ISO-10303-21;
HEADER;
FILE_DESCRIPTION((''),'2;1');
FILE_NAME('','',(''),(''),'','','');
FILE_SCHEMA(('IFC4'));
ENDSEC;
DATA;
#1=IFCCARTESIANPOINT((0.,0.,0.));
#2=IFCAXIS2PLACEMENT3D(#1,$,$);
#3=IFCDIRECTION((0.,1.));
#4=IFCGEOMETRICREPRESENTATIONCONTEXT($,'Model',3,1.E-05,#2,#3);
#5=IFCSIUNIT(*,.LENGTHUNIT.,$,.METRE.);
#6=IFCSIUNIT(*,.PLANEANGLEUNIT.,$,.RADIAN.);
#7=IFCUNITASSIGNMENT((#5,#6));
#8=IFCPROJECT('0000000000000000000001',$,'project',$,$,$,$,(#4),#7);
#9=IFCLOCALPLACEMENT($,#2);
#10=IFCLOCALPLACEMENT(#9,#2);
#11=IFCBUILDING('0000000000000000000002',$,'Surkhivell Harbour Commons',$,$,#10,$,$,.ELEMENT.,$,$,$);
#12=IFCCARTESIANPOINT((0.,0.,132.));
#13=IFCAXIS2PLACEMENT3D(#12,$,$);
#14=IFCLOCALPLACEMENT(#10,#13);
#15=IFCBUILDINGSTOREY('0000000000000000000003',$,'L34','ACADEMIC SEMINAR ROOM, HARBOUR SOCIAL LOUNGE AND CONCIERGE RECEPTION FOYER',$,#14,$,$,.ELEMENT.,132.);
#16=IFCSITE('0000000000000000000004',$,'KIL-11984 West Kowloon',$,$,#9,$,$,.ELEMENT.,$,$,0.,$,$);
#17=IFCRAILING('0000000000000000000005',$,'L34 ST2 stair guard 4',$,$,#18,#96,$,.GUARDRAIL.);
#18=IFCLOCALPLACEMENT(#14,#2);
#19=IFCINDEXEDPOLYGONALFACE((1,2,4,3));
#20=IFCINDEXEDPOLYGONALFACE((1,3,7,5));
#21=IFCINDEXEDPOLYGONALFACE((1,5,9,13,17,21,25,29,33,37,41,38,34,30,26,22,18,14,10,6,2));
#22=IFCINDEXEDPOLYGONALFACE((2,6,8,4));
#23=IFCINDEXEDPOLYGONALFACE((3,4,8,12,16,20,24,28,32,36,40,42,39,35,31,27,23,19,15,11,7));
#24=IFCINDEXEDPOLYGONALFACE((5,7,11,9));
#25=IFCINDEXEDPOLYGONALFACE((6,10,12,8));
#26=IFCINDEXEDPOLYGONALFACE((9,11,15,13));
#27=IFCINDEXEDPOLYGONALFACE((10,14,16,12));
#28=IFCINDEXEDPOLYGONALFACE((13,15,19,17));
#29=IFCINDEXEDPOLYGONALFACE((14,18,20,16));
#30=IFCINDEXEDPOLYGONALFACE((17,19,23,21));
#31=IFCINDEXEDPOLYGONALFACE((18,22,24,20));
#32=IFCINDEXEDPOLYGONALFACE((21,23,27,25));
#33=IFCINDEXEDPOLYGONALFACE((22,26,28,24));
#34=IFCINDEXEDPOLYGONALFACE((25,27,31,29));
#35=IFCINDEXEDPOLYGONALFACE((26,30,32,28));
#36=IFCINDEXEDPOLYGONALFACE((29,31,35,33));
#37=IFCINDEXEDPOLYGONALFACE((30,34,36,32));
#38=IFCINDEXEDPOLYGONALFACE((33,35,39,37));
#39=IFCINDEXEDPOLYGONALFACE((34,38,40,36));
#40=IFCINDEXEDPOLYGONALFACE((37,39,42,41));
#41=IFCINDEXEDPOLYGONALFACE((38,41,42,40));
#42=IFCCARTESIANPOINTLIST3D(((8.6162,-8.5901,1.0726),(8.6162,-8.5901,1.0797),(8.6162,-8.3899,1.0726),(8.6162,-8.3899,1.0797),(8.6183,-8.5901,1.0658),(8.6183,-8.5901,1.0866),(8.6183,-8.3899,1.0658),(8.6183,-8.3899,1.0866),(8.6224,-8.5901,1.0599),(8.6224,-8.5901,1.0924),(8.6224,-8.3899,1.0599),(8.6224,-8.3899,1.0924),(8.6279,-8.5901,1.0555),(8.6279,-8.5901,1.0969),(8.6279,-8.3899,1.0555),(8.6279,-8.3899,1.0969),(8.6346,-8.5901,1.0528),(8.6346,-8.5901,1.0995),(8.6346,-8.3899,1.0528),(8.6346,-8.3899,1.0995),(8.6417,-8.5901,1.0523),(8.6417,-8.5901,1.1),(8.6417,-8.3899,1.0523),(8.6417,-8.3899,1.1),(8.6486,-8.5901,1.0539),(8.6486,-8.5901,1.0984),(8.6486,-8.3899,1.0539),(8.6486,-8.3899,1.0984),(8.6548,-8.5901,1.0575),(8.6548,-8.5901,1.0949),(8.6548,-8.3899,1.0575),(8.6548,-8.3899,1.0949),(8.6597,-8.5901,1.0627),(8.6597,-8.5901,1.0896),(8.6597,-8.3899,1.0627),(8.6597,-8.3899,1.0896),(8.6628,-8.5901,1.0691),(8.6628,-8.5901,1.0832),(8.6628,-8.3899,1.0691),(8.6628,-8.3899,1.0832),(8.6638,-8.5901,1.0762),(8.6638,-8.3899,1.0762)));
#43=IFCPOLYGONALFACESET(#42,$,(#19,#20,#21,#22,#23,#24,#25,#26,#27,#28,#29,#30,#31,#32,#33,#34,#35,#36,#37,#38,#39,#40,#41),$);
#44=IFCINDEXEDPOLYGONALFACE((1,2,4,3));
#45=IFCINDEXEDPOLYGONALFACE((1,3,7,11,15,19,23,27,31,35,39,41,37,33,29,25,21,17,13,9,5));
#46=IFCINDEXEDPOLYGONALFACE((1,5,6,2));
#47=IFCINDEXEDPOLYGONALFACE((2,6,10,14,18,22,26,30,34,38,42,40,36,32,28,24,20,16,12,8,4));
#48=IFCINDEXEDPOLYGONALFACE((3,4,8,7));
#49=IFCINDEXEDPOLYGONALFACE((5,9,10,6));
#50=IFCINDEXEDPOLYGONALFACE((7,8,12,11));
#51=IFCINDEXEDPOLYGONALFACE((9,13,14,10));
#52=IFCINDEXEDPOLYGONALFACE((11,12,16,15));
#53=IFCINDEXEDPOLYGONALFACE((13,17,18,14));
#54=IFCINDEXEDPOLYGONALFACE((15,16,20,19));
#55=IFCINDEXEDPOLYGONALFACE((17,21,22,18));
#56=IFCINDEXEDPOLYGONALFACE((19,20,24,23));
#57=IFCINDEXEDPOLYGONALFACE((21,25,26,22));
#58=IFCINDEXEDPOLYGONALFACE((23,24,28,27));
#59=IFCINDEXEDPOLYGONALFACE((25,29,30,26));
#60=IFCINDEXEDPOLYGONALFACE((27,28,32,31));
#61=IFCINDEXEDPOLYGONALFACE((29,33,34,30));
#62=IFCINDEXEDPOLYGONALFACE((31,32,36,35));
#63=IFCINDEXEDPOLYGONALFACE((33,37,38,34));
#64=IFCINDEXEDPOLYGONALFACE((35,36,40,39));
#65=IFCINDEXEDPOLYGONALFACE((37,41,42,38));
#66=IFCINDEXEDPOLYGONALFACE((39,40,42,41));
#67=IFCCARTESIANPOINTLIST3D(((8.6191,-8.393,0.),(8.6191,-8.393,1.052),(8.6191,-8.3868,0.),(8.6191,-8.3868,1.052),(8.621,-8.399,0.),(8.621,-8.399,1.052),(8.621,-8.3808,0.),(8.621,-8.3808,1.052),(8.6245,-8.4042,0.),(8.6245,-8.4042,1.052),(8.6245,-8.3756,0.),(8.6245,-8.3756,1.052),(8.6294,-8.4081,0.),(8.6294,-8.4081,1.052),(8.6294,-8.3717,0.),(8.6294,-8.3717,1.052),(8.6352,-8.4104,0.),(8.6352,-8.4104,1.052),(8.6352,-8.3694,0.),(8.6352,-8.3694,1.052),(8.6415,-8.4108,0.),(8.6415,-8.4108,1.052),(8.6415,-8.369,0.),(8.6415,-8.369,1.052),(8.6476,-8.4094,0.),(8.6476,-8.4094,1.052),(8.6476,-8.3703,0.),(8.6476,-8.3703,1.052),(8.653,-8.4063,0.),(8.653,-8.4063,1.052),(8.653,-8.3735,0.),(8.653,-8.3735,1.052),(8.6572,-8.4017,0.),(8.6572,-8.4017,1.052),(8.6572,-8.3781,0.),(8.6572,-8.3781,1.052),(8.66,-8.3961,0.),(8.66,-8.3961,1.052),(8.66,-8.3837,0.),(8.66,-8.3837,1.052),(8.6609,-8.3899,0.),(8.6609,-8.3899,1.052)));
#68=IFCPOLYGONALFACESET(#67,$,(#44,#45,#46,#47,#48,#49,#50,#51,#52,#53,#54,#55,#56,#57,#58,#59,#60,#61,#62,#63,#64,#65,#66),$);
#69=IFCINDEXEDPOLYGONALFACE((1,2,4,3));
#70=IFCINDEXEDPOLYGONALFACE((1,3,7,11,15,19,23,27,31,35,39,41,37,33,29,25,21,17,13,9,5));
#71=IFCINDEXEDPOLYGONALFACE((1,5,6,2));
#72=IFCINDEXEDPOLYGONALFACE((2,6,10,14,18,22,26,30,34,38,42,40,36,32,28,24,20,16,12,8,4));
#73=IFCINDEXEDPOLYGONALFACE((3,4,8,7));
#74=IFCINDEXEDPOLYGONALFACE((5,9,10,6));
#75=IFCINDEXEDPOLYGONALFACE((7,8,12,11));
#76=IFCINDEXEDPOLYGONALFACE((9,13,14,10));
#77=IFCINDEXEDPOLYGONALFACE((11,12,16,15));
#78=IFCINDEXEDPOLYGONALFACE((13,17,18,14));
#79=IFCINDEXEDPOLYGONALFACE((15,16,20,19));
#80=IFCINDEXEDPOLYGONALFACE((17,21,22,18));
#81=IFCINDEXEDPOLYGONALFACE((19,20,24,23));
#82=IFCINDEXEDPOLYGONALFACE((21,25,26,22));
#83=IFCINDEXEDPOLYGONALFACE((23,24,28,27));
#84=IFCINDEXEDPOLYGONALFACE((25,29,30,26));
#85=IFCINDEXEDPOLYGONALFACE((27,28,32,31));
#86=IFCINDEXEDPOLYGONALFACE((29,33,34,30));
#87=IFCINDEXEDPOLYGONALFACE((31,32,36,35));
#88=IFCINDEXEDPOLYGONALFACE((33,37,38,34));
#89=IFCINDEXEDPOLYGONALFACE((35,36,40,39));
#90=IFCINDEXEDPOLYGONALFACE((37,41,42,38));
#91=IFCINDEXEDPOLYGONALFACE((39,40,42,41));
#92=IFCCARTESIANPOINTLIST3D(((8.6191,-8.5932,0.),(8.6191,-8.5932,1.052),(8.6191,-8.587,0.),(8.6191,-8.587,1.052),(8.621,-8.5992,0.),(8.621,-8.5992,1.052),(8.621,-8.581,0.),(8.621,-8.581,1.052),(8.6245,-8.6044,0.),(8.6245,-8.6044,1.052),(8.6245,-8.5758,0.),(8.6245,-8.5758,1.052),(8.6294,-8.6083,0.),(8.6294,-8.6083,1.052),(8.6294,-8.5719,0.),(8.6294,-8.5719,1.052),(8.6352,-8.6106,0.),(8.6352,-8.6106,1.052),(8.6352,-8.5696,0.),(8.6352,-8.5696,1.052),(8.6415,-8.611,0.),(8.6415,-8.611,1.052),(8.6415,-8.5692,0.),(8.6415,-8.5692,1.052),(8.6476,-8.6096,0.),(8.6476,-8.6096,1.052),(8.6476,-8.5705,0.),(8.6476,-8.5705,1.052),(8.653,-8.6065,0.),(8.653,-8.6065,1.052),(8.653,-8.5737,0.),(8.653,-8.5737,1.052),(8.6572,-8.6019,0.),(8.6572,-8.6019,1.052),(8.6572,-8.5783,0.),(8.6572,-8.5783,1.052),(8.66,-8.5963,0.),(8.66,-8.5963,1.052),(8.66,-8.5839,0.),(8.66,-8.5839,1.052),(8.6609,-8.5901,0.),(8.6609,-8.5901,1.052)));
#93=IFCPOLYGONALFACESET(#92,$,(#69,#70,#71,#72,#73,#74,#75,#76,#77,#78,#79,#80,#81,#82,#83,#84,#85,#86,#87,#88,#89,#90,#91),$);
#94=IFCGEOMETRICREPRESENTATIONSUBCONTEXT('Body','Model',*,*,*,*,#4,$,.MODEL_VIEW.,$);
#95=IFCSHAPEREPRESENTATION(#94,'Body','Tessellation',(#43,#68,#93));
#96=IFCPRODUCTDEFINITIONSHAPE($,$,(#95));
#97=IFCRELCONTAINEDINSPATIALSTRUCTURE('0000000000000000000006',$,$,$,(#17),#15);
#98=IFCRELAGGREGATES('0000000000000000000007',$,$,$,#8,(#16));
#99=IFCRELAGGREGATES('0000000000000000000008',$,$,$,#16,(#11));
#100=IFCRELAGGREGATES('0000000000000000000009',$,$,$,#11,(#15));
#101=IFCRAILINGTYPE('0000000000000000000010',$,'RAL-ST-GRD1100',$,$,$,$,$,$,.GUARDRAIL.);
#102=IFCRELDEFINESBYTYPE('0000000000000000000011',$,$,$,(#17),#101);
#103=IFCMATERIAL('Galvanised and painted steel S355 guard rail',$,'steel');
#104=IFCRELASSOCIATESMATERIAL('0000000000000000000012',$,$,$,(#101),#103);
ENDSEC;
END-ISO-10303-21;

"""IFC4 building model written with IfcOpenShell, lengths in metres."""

from ifc_helpers import new_model, si_unit, direction, frame, origin, origin_2d, place, context, subcontext, project, spatial, circle, extrude, material, type_object, element, save


model = new_model("IFC4")

# Units and contexts
model_context = context("Model", 3, precision=1e-05, world=origin(), true_north=direction((0.0, 1.0)))
body_context = subcontext(model_context, "Body", "Model", "MODEL_VIEW")
ifc_project = project(units=[si_unit("LENGTHUNIT", "METRE"), si_unit("PLANEANGLEUNIT", "RADIAN")], contexts=[model_context])

# Site, building, storey
site_placement = place(None, origin())
site = spatial("IfcSite", under=ifc_project, at=site_placement, Name="KIL-11984 West Kowloon", CompositionType="ELEMENT", RefElevation=0.0)
building_placement = place(site_placement, origin())
building = spatial("IfcBuilding", under=site, at=building_placement, Name="Surkhivell Harbour Commons", CompositionType="ELEMENT")
storey_placement = place(building_placement, frame((0.0, 0.0, 132.0)))
storey = spatial("IfcBuildingStorey", under=building, at=storey_placement, Name="L34", Description="ACADEMIC SEMINAR ROOM, HARBOUR SOCIAL LOUNGE AND CONCIERGE RECEPTION FOYER", CompositionType="ELEMENT", Elevation=132.0)

# Railing
ifc_material_1 = material(Name="Galvanised and painted steel S355 guard rail", Category="steel")
railing_type = type_object("IfcRailingType", Name="RAL-ST-GRD1100", PredefinedType="GUARDRAIL", material=ifc_material_1)
railing_1_placement = place(storey_placement, frame((8.6399, -8.3899, 0.0)))
element("IfcRailing", 1, at=railing_1_placement, inside=storey, type_object=railing_type, Name="L34 ST2 stair guard 4", PredefinedType="GUARDRAIL", context=body_context, shape_type="SweptSolid", body=[
    extrude(circle(Radius=0.0239, at=origin_2d()), frame((0.0, 0.0, 1.0762), z_axis=(0.0, -1.0, 0.0), x_axis=(1.0, 0.0, 0.0)), (0.0, 0.0, 1.0), 0.2002),
    extrude(circle(Radius=0.021, at=origin_2d()), origin(), (0.0, 0.0, 1.0), 1.052),
    extrude(circle(Radius=0.021, at=origin_2d()), frame((0.0, -0.2002, 0.0)), (0.0, 0.0, 1.0), 1.052),
])

save(model, "model.ifc")
